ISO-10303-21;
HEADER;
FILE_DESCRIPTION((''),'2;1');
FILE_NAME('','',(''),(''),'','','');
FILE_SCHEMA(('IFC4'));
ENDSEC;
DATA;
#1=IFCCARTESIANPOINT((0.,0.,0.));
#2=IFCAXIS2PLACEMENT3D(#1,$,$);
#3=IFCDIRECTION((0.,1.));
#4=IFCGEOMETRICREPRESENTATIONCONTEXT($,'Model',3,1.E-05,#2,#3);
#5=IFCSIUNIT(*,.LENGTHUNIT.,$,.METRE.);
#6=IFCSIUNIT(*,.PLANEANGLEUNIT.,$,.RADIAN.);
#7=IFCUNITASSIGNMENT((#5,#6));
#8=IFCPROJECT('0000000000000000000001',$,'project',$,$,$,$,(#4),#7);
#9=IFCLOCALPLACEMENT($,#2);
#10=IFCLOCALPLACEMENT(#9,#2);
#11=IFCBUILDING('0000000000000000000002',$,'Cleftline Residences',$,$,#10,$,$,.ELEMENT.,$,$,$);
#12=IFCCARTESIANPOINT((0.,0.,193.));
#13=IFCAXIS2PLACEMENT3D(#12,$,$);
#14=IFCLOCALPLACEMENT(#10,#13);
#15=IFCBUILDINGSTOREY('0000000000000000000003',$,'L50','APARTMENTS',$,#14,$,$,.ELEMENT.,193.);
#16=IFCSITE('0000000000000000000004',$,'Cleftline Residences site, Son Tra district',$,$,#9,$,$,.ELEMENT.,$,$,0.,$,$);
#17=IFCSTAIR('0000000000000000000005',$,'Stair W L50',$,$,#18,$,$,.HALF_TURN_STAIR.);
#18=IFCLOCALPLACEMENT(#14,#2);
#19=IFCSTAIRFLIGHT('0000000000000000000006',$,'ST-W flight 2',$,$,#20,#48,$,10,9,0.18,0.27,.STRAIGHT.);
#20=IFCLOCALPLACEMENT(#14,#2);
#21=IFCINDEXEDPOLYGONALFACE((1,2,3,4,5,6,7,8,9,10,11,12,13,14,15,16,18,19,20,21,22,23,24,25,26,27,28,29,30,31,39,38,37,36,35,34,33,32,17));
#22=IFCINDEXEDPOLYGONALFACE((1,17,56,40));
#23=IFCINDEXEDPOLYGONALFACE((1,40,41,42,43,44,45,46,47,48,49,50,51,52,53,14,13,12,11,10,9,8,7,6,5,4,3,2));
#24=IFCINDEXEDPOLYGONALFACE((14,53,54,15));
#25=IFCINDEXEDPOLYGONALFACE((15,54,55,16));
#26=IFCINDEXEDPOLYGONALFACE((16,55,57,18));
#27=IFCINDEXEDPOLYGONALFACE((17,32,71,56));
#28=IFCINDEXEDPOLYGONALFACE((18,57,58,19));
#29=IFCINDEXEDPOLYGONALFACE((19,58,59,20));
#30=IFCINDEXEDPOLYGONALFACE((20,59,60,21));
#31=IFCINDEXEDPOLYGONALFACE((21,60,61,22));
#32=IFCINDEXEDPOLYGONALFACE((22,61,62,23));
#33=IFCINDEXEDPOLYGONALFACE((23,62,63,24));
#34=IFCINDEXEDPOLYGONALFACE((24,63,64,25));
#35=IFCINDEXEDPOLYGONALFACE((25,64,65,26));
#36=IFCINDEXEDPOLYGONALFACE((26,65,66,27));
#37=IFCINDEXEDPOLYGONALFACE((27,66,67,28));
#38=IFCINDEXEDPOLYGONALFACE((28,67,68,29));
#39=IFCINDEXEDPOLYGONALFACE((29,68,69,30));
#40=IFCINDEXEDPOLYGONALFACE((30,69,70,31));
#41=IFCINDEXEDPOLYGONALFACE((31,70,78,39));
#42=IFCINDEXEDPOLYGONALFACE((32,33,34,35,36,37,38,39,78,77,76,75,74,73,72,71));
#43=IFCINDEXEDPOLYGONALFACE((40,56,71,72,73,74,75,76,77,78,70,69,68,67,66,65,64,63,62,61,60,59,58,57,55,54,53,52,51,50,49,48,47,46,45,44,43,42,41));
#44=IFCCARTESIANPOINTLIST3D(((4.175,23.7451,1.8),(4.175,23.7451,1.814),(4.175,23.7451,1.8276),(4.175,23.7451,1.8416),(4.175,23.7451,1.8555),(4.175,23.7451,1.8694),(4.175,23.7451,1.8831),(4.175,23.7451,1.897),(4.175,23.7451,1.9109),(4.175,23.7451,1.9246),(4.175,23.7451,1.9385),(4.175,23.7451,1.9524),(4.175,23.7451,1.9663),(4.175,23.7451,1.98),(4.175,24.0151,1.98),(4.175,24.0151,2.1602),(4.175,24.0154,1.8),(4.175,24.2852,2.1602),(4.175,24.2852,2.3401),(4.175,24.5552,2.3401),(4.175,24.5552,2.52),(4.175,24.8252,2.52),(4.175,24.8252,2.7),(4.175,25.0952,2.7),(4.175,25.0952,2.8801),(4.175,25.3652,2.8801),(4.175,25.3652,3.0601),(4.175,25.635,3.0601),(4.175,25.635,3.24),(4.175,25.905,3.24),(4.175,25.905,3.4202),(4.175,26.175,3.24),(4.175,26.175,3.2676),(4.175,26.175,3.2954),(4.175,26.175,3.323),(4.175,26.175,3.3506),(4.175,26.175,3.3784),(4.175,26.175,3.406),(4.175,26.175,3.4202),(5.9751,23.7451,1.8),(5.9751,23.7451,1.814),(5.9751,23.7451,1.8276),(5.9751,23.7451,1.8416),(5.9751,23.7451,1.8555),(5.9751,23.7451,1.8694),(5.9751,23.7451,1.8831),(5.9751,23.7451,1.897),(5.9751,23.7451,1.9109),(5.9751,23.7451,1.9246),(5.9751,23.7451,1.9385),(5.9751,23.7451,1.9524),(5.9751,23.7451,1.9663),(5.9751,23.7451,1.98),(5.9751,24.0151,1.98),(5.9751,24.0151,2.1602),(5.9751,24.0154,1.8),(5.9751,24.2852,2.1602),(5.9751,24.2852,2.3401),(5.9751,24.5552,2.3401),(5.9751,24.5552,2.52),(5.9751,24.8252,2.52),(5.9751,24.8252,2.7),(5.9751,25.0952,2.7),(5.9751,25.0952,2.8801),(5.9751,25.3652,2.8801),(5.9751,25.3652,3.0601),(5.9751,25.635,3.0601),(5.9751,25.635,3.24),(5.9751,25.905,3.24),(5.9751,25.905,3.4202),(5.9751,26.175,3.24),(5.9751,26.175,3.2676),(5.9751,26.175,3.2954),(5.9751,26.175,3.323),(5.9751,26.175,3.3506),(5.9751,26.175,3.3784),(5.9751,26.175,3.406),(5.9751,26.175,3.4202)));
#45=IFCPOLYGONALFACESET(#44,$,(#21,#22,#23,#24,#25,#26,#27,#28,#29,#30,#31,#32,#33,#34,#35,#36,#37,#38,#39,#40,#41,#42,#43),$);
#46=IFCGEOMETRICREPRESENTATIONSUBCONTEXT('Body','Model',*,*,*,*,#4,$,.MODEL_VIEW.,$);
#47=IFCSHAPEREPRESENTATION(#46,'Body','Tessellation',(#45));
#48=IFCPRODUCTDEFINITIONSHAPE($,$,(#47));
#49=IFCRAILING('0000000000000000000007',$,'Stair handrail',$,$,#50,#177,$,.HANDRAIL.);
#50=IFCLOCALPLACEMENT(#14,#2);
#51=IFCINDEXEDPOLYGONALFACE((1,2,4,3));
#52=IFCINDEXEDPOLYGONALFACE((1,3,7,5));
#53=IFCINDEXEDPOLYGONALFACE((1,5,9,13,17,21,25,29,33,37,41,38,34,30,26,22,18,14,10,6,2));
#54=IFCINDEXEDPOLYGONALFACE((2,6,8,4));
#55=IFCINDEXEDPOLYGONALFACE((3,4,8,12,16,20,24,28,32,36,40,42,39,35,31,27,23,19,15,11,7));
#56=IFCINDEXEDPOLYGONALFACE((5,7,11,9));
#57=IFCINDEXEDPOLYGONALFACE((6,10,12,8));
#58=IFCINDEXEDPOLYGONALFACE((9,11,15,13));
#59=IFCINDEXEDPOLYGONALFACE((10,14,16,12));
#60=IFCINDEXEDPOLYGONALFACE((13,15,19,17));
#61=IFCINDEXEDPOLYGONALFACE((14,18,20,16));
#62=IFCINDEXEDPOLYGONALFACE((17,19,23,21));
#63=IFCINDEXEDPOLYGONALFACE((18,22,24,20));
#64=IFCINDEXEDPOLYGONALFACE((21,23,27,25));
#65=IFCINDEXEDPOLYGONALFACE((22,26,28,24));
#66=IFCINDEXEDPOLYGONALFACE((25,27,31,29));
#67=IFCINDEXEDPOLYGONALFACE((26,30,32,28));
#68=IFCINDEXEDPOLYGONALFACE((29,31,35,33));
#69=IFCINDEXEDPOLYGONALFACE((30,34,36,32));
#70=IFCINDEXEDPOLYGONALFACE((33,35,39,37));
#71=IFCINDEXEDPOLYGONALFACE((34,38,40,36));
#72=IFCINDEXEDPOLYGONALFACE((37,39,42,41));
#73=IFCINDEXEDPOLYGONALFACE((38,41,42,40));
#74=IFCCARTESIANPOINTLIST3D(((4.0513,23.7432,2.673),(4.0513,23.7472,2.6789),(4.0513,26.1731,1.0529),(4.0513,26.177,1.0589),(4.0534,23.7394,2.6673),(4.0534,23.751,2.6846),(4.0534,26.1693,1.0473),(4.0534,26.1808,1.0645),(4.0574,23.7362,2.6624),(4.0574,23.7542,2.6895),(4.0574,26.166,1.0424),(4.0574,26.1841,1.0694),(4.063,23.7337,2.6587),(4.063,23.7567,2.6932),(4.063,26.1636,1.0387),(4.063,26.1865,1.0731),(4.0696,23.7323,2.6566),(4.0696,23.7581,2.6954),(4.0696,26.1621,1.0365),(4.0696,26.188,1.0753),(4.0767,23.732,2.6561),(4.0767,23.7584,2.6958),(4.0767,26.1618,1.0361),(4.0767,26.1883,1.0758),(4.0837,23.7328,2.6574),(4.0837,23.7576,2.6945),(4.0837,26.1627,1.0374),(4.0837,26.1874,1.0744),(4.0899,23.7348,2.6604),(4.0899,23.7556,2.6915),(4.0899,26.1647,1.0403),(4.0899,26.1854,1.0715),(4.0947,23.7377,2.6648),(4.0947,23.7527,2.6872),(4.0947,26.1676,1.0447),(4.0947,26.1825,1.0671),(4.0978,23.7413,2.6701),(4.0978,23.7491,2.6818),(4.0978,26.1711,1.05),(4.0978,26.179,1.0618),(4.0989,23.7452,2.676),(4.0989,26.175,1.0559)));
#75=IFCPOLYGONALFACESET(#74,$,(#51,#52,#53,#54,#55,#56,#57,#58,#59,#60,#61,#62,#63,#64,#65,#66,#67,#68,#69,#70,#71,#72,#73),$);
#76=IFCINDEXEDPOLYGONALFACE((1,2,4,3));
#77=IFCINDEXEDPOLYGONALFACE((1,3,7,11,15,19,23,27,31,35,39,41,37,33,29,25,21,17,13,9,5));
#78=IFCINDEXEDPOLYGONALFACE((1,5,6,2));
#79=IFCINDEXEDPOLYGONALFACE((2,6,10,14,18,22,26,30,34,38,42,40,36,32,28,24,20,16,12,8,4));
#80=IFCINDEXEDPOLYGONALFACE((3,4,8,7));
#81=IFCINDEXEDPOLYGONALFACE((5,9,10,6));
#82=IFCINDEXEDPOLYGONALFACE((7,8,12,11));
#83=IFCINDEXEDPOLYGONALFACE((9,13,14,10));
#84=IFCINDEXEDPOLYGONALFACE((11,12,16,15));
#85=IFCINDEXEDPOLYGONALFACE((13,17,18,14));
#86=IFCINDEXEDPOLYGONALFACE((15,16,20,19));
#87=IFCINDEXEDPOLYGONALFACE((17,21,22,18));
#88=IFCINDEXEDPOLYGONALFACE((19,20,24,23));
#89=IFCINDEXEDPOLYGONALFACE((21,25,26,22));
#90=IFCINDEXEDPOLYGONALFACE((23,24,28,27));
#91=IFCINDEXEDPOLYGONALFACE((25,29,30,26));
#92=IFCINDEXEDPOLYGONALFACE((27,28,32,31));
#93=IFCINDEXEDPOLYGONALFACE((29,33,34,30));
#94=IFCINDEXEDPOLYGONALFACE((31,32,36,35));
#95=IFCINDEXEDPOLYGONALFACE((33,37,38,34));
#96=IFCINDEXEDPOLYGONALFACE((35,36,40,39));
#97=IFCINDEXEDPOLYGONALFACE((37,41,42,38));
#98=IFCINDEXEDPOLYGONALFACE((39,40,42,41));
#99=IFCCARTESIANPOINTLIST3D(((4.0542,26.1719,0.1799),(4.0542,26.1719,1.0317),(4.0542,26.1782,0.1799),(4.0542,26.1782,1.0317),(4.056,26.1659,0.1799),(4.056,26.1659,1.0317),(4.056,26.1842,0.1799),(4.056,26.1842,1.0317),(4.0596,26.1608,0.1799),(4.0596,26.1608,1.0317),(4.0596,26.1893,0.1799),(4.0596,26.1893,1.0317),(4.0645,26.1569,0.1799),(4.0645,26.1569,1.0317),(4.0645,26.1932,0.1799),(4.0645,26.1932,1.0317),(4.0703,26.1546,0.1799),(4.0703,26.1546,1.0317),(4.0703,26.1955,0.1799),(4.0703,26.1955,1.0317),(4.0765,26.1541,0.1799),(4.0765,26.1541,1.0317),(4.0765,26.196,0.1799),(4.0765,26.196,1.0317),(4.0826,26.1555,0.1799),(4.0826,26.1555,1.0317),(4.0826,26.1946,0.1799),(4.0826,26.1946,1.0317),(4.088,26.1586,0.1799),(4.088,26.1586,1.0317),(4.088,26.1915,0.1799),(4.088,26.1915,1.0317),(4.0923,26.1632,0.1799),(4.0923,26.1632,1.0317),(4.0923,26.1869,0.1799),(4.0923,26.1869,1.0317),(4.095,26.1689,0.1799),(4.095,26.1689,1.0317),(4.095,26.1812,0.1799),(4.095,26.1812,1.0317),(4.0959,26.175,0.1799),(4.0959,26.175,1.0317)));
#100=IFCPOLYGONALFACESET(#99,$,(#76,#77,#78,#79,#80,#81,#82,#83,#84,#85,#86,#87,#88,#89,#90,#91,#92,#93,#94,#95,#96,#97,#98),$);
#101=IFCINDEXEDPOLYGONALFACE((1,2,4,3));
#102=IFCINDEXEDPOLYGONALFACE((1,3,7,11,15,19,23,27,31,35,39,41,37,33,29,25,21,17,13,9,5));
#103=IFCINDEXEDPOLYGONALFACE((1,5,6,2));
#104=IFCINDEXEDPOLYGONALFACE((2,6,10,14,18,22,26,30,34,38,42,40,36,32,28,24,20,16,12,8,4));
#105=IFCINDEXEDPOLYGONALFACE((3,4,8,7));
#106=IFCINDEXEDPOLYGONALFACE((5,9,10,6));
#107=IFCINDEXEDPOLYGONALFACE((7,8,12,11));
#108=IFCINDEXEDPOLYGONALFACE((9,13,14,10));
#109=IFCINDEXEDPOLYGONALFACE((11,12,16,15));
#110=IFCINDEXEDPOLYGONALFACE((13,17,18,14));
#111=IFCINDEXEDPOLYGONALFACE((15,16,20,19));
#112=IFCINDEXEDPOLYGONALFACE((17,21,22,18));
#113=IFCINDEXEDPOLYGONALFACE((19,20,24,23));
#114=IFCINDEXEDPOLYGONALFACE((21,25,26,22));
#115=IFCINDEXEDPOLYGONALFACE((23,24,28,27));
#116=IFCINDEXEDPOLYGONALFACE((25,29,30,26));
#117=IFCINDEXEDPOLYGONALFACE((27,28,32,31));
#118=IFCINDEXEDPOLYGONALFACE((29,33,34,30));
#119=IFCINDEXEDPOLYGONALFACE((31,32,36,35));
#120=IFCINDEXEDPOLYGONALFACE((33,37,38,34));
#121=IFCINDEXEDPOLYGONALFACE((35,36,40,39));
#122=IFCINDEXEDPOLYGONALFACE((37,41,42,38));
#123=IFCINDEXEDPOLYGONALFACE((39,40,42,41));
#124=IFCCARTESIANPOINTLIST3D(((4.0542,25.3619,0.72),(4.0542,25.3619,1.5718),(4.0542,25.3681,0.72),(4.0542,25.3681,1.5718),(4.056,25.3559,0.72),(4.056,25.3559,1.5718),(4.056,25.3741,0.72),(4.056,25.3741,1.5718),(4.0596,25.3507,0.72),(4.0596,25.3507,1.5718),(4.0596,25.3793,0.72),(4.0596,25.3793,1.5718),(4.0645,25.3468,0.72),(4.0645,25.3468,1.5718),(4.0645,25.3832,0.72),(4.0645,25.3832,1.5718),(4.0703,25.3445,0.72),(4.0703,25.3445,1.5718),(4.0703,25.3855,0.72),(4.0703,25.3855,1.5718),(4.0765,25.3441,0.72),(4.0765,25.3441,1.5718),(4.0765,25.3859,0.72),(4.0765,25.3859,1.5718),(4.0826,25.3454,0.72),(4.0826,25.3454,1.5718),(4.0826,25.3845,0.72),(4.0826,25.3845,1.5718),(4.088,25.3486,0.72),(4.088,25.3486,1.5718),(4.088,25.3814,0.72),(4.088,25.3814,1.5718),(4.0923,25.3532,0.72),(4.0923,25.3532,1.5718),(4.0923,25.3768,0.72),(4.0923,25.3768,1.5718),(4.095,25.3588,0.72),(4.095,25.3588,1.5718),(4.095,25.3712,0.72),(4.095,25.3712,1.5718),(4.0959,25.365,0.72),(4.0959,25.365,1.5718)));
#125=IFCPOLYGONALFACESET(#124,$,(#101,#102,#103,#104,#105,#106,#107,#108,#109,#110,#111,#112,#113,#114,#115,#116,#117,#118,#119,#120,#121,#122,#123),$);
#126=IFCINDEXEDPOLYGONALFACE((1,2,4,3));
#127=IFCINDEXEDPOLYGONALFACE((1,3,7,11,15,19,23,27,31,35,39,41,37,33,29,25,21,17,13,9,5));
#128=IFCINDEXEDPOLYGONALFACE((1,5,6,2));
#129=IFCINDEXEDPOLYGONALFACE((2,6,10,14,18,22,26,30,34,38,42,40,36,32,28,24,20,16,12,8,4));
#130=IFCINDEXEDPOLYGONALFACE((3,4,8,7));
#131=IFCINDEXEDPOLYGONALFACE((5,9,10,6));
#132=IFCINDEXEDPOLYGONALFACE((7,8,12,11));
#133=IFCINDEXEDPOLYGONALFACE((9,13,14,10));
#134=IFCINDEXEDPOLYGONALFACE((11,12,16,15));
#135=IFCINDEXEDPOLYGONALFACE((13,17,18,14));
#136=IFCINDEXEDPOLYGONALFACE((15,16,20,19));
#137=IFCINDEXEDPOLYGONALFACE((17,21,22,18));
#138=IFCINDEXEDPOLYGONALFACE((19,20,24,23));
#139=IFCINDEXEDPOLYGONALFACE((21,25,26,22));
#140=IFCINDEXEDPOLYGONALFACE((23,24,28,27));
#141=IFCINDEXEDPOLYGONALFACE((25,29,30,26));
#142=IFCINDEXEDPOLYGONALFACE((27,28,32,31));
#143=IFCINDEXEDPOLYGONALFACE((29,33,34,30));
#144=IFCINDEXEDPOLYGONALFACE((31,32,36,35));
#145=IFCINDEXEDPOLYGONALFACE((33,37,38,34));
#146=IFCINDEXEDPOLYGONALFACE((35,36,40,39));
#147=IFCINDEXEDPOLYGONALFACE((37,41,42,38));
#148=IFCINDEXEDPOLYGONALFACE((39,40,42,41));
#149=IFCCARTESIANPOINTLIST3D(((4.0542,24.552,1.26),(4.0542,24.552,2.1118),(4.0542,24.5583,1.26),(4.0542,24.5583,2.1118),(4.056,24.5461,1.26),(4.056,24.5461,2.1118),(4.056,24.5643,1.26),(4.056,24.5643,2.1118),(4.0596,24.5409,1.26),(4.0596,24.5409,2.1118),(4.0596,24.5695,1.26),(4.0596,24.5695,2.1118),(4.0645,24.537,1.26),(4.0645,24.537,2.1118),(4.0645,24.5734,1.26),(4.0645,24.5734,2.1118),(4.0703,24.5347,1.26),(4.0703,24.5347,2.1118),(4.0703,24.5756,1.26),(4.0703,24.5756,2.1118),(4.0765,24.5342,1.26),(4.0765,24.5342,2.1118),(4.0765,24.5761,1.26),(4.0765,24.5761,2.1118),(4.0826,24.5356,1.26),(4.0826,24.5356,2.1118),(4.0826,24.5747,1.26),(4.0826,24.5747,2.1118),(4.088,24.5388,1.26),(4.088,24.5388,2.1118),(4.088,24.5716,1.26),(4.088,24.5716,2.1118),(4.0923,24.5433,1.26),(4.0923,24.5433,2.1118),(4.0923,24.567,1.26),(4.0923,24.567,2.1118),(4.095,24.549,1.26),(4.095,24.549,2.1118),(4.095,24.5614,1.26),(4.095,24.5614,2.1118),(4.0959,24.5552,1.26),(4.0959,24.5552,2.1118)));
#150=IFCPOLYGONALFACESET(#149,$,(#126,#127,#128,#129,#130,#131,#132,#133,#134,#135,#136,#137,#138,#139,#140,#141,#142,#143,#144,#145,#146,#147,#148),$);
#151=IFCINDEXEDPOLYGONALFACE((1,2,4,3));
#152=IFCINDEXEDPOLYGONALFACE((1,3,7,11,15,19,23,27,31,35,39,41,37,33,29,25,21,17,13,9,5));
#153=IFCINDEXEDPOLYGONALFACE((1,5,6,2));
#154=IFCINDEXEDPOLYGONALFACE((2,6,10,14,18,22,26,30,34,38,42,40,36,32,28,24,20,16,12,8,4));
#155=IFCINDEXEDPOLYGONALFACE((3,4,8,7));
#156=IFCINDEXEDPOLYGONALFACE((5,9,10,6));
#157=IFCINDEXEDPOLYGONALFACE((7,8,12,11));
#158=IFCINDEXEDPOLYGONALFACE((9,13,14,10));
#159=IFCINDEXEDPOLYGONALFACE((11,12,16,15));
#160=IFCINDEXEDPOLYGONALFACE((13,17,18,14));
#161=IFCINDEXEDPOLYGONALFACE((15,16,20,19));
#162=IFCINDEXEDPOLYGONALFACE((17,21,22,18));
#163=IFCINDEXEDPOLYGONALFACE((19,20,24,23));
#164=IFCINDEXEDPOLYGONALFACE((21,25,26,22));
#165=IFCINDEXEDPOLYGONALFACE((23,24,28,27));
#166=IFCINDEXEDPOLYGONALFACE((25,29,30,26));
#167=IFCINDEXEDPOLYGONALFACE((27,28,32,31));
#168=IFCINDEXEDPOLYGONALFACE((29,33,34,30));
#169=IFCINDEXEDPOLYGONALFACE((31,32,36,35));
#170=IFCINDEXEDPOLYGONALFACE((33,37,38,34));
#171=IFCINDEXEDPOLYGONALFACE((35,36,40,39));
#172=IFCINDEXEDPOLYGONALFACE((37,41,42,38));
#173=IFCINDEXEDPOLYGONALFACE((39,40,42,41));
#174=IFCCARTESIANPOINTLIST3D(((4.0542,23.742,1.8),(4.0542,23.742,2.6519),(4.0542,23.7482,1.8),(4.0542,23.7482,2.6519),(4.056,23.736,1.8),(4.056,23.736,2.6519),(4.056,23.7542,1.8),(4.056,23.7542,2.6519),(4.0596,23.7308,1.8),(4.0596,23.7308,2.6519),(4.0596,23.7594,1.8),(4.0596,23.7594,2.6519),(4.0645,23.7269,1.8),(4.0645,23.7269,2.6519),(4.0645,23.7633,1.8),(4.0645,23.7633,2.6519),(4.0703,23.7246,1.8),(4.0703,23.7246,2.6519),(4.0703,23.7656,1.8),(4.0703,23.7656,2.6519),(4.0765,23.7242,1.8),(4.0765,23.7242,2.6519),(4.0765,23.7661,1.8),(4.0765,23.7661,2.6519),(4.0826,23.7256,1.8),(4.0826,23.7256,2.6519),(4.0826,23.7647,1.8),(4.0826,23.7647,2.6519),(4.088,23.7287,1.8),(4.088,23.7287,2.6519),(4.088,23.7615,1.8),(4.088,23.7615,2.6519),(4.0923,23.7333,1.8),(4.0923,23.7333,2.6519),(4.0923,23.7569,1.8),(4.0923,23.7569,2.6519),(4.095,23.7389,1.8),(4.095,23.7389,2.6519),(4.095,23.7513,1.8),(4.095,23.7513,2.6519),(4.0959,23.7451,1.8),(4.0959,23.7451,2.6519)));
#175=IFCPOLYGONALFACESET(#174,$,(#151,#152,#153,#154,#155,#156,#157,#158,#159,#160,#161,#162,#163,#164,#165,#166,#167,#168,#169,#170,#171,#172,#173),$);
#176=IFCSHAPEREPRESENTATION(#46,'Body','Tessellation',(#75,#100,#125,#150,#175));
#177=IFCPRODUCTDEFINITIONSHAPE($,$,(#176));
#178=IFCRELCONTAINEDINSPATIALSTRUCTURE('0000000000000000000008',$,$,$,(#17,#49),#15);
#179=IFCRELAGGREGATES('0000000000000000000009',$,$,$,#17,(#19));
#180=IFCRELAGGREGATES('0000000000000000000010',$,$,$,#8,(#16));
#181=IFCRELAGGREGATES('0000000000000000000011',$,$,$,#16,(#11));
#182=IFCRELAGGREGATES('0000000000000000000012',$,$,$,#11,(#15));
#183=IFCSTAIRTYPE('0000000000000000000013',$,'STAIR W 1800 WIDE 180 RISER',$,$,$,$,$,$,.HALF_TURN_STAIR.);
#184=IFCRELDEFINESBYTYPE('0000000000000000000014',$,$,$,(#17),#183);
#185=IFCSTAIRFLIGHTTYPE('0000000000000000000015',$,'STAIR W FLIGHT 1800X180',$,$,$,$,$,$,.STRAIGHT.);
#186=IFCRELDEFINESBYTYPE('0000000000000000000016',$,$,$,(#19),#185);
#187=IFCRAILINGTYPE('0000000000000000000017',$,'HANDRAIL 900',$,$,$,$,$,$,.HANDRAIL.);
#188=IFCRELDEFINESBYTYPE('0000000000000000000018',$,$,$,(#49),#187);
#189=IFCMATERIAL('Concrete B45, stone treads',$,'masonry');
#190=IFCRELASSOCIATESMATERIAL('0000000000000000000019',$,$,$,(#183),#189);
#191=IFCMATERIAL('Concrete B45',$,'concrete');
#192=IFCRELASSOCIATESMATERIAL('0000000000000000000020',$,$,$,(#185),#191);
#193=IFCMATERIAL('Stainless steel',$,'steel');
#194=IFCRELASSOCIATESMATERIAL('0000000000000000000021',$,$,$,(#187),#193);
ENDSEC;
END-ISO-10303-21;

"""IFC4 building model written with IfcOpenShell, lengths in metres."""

from ifc_helpers import new_model, si_unit, direction, frame, origin, origin_2d, place, context, subcontext, project, spatial, polyline, circle, outline, extrude, material, type_object, element, aggregate, save


model = new_model("IFC4")

# Units and contexts
model_context = context("Model", 3, precision=1e-05, world=origin(), true_north=direction((0.0, 1.0)))
body_context = subcontext(model_context, "Body", "Model", "MODEL_VIEW")
ifc_project = project(units=[si_unit("LENGTHUNIT", "METRE"), si_unit("PLANEANGLEUNIT", "RADIAN")], contexts=[model_context])

# Site, building, storey
site_placement = place(None, origin())
site = spatial("IfcSite", under=ifc_project, at=site_placement, Name="Cleftline Residences site, Son Tra district", CompositionType="ELEMENT", RefElevation=0.0)
building_placement = place(site_placement, origin())
building = spatial("IfcBuilding", under=site, at=building_placement, Name="Cleftline Residences", CompositionType="ELEMENT")
storey_placement = place(building_placement, frame((0.0, 0.0, 193.0)))
storey = spatial("IfcBuildingStorey", under=building, at=storey_placement, Name="L50", Description="APARTMENTS", CompositionType="ELEMENT", Elevation=193.0)

# Stair, stair flight
ifc_material_1 = material(Name="Concrete B45, stone treads", Category="masonry")
stair_type = type_object("IfcStairType", Name="STAIR W 1800 WIDE 180 RISER", PredefinedType="HALF_TURN_STAIR", material=ifc_material_1)
stair_placement = place(storey_placement, origin())
stair = element("IfcStair", 1, at=stair_placement, inside=storey, type_object=stair_type, Name="Stair W L50", PredefinedType="HALF_TURN_STAIR")
ifc_material_2 = material(Name="Concrete B45", Category="concrete")
stair_flight_type = type_object("IfcStairFlightType", Name="STAIR W FLIGHT 1800X180", PredefinedType="STRAIGHT", material=ifc_material_2)
stair_flight_1_placement = place(storey_placement, frame((5.075, 23.7451, 1.8), z_axis=(0.0, 0.0, 1.0), x_axis=(0.0, 1.0, 0.0)))
stair_flight_1 = element("IfcStairFlight", 2, at=stair_flight_1_placement, type_object=stair_flight_type, Name="ST-W flight 2", NumberOfRisers=10, NumberOfTreads=9, PredefinedType="STRAIGHT", RiserHeight=0.18, TreadLength=0.27, context=body_context, shape_type="SweptSolid", body=[
    extrude(outline(polyline([(0.0, 0.0), (0.0, 0.0139), (0.0, 0.0276), (0.0, 0.0415), (0.0, 0.0554), (0.0, 0.0693), (0.0, 0.083), (0.0, 0.0969), (0.0, 0.1108), (0.0, 0.1245), (0.0, 0.1384), (0.0, 0.1523), (0.0, 0.1663), (0.0, 0.1799), (0.27, 0.1799), (0.27, 0.3601), (0.54, 0.3601), (0.54, 0.54), (0.8101, 0.54), (0.8101, 0.72), (1.0801, 0.72), (1.0801, 0.8999), (1.3501, 0.8999), (1.3501, 1.0801), (1.6201, 1.0801), (1.6201, 1.26), (1.8899, 1.26), (1.8899, 1.4399), (2.1599, 1.4399), (2.1599, 1.6201), (2.4299, 1.6201), (2.4299, 1.8), (2.4299, 1.7722), (2.4299, 1.7446), (2.4299, 1.7168), (2.4299, 1.6892), (2.4299, 1.6614), (2.4299, 1.6338), (2.4299, 1.606), (2.4299, 1.5784), (2.4299, 1.5505), (2.4299, 1.5229), (2.4299, 1.4954), (2.4299, 1.4675), (2.4299, 1.4399), (0.2703, 0.0), (0.0, 0.0)])), frame((0.0, 0.8999, 0.0), z_axis=(0.0, -1.0, 0.0), x_axis=(1.0, 0.0, 0.0)), (0.0, 0.0, 1.0), 1.8),
])
aggregate(stair, [stair_flight_1])

# Railing
ifc_material_3 = material(Name="Stainless steel", Category="steel")
railing_type = type_object("IfcRailingType", Name="HANDRAIL 900", PredefinedType="HANDRAIL", material=ifc_material_3)
railing_1_placement = place(storey_placement, frame((4.075, 26.175, 0.1799)))
element("IfcRailing", 3, at=railing_1_placement, inside=storey, type_object=railing_type, Name="Stair handrail", PredefinedType="HANDRAIL", context=body_context, shape_type="SweptSolid", body=[
    extrude(circle(Radius=0.0239, at=origin_2d()), frame((0.0, 0.0, 0.876), z_axis=(0.0, -0.832025, 0.554739), x_axis=(1.0, 0.0, 0.0)), (0.0, 0.0, 1.0), 2.9204),
    extrude(circle(Radius=0.021, at=origin_2d()), origin(), (0.0, 0.0, 1.0), 0.8518),
    extrude(circle(Radius=0.021, at=origin_2d()), frame((0.0, -0.8101, 0.54)), (0.0, 0.0, 1.0), 0.8518),
    extrude(circle(Radius=0.021, at=origin_2d()), frame((0.0, -1.6199, 1.0801)), (0.0, 0.0, 1.0), 0.8518),
    extrude(circle(Radius=0.021, at=origin_2d()), frame((0.0, -2.4299, 1.6201)), (0.0, 0.0, 1.0), 0.8518),
])

save(model, "model.ifc")
